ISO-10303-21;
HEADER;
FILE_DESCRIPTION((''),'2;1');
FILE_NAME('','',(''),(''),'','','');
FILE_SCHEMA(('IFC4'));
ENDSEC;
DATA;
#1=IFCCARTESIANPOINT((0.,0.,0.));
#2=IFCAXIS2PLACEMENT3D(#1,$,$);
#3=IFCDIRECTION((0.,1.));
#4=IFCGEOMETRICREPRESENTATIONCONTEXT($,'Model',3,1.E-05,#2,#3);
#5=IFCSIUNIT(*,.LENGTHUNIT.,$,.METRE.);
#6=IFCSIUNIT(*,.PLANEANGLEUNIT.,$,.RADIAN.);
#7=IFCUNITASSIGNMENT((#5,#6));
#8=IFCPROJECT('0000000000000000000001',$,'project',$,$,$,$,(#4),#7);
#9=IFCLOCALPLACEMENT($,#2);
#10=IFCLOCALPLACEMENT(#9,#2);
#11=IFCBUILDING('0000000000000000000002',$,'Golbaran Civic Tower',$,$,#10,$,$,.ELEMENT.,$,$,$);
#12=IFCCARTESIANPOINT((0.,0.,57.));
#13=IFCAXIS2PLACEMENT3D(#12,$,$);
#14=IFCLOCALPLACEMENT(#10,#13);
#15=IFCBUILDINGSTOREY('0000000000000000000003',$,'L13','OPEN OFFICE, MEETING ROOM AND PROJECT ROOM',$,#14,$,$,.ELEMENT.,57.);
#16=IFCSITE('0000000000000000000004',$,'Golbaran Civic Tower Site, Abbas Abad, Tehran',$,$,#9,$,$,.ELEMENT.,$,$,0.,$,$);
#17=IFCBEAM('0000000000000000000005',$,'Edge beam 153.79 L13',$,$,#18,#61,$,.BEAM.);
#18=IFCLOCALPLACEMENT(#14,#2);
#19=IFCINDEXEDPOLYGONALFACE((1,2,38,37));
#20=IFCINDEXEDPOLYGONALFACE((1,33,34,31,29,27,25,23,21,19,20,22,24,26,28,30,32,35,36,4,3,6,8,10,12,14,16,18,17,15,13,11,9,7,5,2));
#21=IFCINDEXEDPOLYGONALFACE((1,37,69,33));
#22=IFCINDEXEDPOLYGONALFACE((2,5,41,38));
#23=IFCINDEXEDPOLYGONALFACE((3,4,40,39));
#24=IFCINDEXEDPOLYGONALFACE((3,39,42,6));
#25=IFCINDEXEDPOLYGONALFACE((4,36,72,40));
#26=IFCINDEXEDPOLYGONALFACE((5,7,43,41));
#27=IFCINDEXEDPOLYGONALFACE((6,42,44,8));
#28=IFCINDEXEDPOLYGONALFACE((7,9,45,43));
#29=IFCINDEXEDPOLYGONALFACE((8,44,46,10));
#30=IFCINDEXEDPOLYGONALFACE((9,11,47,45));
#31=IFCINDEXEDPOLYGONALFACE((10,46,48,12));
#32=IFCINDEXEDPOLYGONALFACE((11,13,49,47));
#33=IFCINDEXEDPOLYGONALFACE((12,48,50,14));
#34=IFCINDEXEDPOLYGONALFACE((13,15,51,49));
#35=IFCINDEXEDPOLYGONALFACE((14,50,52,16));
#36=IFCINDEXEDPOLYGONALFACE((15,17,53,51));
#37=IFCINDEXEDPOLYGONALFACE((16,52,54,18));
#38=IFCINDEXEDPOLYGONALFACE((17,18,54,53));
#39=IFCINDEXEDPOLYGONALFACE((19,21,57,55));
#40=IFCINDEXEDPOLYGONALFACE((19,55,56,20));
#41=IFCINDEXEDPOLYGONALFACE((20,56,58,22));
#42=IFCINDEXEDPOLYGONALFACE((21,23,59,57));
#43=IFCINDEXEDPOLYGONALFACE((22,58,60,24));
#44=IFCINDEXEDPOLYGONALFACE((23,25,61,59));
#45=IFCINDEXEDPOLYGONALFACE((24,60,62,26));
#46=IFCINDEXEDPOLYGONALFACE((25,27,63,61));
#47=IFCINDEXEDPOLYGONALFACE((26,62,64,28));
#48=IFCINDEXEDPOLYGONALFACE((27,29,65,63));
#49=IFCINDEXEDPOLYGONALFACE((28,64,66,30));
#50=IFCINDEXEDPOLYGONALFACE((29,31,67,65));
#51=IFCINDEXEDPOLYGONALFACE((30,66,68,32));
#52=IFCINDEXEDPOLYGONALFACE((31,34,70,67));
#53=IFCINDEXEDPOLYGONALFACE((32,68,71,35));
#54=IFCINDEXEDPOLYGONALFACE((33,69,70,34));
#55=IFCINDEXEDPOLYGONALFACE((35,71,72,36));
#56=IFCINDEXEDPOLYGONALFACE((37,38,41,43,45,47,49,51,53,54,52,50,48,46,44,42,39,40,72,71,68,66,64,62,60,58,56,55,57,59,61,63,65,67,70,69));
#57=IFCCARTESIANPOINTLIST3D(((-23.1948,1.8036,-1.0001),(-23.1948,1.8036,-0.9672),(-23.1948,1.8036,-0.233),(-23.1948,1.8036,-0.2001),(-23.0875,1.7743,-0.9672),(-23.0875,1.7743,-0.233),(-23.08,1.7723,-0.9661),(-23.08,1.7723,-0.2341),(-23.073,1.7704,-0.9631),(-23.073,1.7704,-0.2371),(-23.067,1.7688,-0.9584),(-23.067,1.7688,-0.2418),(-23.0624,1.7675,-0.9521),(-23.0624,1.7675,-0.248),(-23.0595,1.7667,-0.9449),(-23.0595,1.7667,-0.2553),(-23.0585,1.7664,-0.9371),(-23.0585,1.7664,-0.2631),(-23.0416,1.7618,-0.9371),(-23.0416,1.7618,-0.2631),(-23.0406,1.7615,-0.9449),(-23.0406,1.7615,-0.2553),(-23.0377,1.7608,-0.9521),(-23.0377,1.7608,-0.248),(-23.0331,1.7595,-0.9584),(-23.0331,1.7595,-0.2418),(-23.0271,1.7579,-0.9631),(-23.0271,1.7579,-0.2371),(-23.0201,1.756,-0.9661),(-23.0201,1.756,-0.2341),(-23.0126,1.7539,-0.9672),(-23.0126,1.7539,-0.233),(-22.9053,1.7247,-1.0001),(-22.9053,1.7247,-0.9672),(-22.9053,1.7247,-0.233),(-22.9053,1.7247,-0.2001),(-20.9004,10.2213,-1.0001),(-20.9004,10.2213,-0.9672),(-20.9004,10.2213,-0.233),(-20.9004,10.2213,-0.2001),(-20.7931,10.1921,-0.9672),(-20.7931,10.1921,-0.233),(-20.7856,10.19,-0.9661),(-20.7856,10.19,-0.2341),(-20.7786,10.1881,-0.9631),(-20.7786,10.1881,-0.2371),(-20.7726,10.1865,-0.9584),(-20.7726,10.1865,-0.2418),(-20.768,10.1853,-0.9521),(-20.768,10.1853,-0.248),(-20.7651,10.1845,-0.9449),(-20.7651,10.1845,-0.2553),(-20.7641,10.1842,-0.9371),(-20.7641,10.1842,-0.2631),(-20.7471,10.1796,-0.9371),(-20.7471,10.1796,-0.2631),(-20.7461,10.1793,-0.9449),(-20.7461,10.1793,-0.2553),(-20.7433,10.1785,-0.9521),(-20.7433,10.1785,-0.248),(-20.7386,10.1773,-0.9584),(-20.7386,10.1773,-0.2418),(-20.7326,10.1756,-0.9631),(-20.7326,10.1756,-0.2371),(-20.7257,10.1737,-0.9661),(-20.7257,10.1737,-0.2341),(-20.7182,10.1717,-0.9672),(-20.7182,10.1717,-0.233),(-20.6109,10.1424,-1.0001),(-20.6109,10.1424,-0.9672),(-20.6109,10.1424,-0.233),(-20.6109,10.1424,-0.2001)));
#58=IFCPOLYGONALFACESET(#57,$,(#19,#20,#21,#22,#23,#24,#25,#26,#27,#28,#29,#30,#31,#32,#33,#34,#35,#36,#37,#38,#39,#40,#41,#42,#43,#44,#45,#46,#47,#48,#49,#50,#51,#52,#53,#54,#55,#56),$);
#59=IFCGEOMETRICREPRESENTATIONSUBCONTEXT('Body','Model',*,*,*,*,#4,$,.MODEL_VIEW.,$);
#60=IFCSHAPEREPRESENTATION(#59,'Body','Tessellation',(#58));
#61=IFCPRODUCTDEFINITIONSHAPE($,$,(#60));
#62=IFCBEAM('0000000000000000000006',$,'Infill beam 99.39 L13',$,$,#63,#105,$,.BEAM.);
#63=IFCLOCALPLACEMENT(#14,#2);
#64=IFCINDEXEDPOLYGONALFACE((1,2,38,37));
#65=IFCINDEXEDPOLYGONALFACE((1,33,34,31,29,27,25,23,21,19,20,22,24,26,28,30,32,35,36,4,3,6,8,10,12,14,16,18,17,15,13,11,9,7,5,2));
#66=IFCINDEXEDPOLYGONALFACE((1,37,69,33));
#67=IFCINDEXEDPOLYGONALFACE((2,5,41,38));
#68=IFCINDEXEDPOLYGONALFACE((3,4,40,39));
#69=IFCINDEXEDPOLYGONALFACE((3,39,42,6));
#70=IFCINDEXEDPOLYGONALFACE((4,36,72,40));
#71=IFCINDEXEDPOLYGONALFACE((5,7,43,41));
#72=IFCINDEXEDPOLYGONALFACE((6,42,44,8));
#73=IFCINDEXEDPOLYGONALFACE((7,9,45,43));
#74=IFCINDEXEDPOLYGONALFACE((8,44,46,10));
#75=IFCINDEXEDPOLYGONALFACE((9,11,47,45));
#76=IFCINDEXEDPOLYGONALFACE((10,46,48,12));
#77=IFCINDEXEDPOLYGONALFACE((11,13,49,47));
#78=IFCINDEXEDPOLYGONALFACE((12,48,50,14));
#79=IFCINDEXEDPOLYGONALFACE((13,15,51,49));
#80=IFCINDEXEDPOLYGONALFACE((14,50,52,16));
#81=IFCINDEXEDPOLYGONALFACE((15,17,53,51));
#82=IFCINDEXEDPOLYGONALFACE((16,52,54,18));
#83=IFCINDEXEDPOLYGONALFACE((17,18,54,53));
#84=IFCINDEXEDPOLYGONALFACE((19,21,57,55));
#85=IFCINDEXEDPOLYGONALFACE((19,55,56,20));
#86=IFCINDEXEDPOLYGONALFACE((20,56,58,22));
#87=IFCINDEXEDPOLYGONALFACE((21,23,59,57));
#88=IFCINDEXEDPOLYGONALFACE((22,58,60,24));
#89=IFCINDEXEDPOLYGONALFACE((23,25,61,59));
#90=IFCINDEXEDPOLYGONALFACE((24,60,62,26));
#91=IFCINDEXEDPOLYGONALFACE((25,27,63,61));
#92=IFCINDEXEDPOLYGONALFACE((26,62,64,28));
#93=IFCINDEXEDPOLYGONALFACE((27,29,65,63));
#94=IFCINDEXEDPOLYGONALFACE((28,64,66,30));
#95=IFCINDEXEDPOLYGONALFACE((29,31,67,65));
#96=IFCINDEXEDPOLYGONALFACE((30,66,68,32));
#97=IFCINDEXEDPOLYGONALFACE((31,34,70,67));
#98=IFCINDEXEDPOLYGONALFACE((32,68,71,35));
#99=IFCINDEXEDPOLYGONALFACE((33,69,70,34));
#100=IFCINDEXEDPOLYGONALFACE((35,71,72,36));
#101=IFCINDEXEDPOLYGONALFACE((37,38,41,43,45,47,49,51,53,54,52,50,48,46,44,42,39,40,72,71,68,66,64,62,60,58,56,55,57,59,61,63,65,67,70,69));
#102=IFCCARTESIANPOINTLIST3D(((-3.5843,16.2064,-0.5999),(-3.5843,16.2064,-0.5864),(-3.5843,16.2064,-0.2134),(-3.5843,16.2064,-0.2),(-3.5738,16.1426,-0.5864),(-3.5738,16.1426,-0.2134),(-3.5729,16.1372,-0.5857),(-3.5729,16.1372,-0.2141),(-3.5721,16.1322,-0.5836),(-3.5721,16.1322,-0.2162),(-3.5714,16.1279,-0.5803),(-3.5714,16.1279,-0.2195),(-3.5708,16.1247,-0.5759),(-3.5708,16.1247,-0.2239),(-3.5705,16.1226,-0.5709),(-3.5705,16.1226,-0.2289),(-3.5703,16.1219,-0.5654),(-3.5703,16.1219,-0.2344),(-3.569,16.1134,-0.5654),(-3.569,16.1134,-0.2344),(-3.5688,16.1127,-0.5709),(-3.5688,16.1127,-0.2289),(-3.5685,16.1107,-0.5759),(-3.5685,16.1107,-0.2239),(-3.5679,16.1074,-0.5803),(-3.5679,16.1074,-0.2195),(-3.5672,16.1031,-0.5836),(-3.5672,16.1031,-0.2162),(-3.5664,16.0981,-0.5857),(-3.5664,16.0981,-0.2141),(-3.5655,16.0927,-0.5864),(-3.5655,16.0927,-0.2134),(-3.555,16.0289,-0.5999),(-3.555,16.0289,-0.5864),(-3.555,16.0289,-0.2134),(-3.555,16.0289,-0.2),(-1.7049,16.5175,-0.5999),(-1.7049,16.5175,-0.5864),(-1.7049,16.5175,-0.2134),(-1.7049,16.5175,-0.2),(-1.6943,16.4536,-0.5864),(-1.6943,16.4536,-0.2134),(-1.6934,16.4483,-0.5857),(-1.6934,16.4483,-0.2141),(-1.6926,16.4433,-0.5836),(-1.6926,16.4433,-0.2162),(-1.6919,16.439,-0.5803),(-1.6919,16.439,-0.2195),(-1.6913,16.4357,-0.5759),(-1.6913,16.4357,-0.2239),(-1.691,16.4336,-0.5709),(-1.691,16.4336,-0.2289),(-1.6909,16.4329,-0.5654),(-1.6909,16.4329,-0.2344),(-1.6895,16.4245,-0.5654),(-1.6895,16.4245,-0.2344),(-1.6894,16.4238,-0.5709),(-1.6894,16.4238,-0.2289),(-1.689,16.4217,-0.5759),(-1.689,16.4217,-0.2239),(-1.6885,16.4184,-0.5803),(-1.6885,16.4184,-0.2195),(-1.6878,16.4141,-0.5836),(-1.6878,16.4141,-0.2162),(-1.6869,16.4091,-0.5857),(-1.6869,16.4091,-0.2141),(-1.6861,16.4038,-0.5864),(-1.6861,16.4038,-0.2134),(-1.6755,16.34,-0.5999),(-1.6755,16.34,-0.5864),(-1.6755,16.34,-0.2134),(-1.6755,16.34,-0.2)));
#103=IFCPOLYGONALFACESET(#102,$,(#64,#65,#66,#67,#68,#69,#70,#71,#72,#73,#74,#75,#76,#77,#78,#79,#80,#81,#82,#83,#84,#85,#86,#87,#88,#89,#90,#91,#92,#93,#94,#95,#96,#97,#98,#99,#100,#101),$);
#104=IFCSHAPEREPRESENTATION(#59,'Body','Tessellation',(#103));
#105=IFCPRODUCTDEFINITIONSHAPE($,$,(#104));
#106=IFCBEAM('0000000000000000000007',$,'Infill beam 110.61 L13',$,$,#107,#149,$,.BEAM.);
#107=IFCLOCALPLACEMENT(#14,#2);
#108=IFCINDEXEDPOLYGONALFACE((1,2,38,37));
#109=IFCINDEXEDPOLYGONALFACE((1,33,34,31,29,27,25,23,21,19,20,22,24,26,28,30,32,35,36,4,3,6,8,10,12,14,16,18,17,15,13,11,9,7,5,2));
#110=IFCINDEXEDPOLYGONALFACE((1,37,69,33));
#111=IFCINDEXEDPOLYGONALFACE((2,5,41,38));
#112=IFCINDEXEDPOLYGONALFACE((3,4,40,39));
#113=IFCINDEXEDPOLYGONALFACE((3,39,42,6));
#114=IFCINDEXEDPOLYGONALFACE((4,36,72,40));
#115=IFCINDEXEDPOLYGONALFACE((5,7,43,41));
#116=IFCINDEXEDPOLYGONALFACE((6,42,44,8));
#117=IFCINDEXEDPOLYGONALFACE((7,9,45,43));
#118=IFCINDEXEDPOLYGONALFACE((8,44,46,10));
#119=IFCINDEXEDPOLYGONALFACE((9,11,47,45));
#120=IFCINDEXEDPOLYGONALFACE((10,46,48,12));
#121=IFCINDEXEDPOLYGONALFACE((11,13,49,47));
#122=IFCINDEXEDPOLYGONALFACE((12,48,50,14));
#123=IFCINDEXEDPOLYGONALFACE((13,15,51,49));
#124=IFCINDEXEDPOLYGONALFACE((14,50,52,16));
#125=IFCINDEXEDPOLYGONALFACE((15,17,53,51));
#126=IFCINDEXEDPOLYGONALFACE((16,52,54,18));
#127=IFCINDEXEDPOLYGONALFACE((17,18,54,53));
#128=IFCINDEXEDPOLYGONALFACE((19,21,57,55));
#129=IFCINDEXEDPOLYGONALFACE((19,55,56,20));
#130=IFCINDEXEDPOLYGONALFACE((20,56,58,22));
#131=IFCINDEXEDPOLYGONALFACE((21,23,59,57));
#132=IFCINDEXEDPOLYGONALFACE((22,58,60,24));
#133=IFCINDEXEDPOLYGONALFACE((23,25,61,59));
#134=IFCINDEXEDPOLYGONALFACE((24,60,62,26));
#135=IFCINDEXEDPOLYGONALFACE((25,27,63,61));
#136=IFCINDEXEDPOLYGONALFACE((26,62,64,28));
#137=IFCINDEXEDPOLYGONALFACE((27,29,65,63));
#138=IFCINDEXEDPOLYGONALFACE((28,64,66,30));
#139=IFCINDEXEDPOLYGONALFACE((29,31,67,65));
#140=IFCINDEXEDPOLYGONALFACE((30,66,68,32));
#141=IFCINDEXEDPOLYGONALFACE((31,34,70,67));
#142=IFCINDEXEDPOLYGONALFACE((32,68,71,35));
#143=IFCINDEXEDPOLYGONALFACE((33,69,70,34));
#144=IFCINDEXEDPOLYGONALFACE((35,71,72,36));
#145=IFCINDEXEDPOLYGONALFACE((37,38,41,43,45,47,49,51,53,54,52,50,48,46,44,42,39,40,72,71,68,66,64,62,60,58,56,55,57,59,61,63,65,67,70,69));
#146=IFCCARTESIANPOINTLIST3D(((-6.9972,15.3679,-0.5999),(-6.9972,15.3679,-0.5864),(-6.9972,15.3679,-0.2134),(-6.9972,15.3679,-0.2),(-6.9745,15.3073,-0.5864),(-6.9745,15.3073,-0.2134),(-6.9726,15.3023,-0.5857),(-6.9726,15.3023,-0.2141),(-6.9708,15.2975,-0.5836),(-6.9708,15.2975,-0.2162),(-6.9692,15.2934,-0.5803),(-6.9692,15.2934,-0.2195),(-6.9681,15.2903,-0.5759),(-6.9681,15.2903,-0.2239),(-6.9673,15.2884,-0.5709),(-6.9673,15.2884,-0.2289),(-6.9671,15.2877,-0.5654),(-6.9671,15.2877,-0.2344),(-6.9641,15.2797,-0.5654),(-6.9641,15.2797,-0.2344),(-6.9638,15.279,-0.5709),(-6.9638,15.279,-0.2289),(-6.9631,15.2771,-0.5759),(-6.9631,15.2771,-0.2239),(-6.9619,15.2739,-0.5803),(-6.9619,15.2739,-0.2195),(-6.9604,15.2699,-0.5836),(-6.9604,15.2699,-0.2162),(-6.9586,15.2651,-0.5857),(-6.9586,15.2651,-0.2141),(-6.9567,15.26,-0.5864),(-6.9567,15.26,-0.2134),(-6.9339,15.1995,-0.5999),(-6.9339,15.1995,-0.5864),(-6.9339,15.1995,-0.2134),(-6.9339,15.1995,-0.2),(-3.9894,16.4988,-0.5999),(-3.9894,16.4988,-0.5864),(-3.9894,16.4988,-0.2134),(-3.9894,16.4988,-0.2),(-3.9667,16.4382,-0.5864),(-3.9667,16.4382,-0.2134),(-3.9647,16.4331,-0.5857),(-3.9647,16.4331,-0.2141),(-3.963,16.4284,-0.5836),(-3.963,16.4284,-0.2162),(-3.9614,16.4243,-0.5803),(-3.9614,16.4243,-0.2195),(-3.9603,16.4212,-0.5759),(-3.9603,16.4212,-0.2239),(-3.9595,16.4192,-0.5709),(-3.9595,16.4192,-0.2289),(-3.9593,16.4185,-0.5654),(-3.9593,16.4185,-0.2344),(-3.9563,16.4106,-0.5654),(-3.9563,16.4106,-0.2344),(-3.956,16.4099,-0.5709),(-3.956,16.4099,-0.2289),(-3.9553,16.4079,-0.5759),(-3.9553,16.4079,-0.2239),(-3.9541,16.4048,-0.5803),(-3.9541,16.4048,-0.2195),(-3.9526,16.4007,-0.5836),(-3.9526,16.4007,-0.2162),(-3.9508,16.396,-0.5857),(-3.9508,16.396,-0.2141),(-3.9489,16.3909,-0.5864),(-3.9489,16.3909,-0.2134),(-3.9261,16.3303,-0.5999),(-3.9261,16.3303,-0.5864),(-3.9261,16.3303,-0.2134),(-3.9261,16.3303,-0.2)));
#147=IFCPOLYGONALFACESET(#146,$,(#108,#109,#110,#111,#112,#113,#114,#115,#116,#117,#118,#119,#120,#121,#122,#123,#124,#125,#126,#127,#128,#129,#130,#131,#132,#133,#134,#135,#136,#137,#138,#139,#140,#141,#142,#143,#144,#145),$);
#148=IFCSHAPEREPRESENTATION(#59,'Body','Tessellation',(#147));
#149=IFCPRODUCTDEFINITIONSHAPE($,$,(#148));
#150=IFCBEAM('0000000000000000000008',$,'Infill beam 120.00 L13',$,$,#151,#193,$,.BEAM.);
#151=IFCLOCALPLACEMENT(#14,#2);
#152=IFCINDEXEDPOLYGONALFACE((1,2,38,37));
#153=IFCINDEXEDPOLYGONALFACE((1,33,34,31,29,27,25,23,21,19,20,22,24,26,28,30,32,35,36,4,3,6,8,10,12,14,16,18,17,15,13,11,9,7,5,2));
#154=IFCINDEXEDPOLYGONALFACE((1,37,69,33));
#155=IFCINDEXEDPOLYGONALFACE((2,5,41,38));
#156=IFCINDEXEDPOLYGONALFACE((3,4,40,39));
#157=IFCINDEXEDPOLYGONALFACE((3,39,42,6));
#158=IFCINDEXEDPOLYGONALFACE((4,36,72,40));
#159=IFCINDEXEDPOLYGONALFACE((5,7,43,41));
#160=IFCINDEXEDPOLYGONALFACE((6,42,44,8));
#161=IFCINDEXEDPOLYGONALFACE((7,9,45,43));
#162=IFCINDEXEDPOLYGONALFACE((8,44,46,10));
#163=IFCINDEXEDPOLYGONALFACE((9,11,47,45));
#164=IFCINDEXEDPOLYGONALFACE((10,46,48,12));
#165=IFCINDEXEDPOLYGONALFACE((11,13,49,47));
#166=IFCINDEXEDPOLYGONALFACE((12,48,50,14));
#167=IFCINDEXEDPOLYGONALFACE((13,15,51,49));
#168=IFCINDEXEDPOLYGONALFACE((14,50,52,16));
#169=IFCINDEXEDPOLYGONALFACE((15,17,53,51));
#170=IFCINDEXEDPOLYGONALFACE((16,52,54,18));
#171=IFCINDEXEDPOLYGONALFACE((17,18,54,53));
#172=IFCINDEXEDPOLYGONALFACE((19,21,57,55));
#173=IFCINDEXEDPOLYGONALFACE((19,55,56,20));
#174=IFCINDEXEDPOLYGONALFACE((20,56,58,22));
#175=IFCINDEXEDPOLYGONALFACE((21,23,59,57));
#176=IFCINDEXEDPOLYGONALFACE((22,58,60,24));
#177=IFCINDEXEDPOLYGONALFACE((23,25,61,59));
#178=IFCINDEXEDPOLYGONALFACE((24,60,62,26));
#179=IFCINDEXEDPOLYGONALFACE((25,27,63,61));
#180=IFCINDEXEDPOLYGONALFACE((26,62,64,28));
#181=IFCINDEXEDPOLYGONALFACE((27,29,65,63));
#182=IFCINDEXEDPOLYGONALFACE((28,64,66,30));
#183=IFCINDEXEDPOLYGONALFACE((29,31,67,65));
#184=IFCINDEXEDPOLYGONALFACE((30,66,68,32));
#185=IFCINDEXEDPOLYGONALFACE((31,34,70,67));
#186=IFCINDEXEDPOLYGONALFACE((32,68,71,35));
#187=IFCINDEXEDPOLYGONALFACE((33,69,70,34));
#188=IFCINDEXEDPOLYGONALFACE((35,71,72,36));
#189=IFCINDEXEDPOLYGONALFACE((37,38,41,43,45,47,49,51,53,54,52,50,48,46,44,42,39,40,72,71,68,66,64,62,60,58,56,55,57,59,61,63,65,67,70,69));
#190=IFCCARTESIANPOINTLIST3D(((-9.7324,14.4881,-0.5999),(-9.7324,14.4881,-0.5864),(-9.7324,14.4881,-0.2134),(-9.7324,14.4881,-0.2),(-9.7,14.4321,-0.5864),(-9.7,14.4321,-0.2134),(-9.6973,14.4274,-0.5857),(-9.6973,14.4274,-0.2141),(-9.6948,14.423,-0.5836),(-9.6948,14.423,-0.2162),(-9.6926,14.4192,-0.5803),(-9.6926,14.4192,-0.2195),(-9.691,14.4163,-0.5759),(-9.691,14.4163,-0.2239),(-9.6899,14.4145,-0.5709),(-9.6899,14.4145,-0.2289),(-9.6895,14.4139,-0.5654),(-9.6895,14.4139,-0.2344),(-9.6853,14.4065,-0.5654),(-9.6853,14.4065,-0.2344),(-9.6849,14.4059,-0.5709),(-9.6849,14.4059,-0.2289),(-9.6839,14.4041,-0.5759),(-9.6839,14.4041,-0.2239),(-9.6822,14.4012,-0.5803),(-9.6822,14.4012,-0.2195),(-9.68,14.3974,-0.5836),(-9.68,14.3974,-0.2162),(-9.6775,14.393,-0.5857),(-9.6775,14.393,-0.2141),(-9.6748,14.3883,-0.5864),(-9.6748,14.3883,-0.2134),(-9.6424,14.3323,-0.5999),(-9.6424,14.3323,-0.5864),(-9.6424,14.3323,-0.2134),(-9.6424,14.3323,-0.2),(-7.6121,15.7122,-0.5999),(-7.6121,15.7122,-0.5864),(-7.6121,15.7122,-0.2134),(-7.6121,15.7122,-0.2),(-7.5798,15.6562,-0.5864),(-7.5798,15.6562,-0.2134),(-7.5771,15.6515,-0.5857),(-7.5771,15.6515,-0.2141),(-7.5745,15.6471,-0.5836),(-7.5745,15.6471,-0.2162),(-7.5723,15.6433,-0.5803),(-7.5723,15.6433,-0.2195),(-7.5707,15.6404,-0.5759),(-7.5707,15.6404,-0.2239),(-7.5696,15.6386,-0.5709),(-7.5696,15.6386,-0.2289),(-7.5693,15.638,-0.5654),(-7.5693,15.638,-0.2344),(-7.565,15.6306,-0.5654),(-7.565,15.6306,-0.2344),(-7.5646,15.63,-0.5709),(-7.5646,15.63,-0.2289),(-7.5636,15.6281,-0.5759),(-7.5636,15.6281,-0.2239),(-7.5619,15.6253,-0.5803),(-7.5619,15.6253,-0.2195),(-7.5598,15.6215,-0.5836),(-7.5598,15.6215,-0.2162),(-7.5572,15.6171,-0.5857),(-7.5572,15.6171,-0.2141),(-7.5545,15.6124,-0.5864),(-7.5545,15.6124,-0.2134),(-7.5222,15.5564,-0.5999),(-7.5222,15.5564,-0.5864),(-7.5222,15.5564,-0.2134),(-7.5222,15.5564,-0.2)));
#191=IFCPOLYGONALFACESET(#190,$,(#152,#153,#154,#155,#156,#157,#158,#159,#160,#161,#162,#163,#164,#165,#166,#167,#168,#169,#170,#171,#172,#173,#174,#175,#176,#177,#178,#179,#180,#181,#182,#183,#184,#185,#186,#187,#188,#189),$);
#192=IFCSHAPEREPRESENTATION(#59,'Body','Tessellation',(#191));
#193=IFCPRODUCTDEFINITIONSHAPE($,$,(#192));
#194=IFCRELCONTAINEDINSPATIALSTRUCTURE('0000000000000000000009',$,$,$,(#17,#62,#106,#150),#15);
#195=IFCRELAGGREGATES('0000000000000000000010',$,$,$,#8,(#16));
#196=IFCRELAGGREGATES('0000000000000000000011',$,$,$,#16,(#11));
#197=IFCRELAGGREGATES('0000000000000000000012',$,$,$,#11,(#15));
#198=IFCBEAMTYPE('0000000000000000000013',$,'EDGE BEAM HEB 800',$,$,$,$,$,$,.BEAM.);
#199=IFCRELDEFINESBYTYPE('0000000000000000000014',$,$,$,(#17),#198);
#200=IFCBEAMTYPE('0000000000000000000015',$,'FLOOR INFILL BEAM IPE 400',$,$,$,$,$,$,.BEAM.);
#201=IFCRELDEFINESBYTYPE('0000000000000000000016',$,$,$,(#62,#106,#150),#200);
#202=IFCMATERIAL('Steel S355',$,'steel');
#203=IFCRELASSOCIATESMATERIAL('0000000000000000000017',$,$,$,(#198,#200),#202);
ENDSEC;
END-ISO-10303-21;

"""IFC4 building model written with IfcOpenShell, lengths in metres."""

from ifc_helpers import new_model, si_unit, direction, frame, origin, origin_2d, place, context, subcontext, project, spatial, i_section, extrude, material, material_profile, profile_set, type_object, element, save


model = new_model("IFC4")

# Units and contexts
model_context = context("Model", 3, precision=1e-05, world=origin(), true_north=direction((0.0, 1.0)))
body_context = subcontext(model_context, "Body", "Model", "MODEL_VIEW")
ifc_project = project(units=[si_unit("LENGTHUNIT", "METRE"), si_unit("PLANEANGLEUNIT", "RADIAN")], contexts=[model_context])

# Site, building, storey
site_placement = place(None, origin())
site = spatial("IfcSite", under=ifc_project, at=site_placement, Name="Golbaran Civic Tower Site, Abbas Abad, Tehran", CompositionType="ELEMENT", RefElevation=0.0)
building_placement = place(site_placement, origin())
building = spatial("IfcBuilding", under=site, at=building_placement, Name="Golbaran Civic Tower", CompositionType="ELEMENT")
storey_placement = place(building_placement, frame((0.0, 0.0, 57.0)))
storey = spatial("IfcBuildingStorey", under=building, at=storey_placement, Name="L13", Description="OPEN OFFICE, MEETING ROOM AND PROJECT ROOM", CompositionType="ELEMENT", Elevation=57.0)

# Beams
ifc_material_1 = material(Name="Steel S355", Category="steel")
ifc_material_profile_1 = material_profile(ifc_material_1, i_section(OverallWidth=0.3, OverallDepth=0.8, WebThickness=0.0176, FlangeThickness=0.033, FilletRadius=0.03, at=origin_2d()), Name="HEB 800")
ifc_profile_set_1 = profile_set([ifc_material_profile_1], Name="Steel S355")
beam_type_1 = type_object("IfcBeamType", Name="EDGE BEAM HEB 800", PredefinedType="BEAM", material=ifc_profile_set_1)
beam_1_placement = place(storey_placement, frame((-20.7556, 10.1819, -0.6001), z_axis=(-0.262978, -0.964802, 0.0), x_axis=(0.964802, -0.262978, 0.0)))
element("IfcBeam", 1, at=beam_1_placement, inside=storey, type_object=beam_type_1, Name="Edge beam 153.79 L13", PredefinedType="BEAM", context=body_context, shape_type="SweptSolid", body=[
    extrude(i_section(OverallWidth=0.3, OverallDepth=0.8, WebThickness=0.0176, FlangeThickness=0.033, FilletRadius=0.03, at=origin_2d()), origin(), (0.0, 0.0, 1.0), 8.7249),
])
ifc_material_profile_2 = material_profile(ifc_material_1, i_section(OverallWidth=0.1799, OverallDepth=0.3999, WebThickness=0.0085, FlangeThickness=0.0134, FilletRadius=0.021, at=origin_2d()), Name="IPE 400")
ifc_profile_set_2 = profile_set([ifc_material_profile_2], Name="Steel S355")
beam_type_2 = type_object("IfcBeamType", Name="FLOOR INFILL BEAM IPE 400", PredefinedType="BEAM", material=ifc_profile_set_2)
beam_2_placement = place(storey_placement, frame((-1.6902, 16.4287, -0.3999), z_axis=(-0.98658, -0.163277, 0.0), x_axis=(0.163277, -0.98658, 0.0)))
element("IfcBeam", 2, at=beam_2_placement, inside=storey, type_object=beam_type_2, Name="Infill beam 99.39 L13", PredefinedType="BEAM", context=body_context, shape_type="SweptSolid", body=[
    extrude(i_section(OverallWidth=0.1799, OverallDepth=0.3999, WebThickness=0.0085, FlangeThickness=0.0134, FilletRadius=0.021, at=origin_2d()), origin(), (0.0, 0.0, 1.0), 1.905),
])
beam_3_placement = place(storey_placement, frame((-3.9578, 16.4146, -0.3999), z_axis=(-0.936029, -0.351923, 0.0), x_axis=(0.351923, -0.936029, 0.0)))
element("IfcBeam", 3, at=beam_3_placement, inside=storey, type_object=beam_type_2, Name="Infill beam 110.61 L13", PredefinedType="BEAM", context=body_context, shape_type="SweptSolid", body=[
    extrude(i_section(OverallWidth=0.1799, OverallDepth=0.3999, WebThickness=0.0085, FlangeThickness=0.0134, FilletRadius=0.021, at=origin_2d()), origin(), (0.0, 0.0, 1.0), 3.2134),
])
beam_4_placement = place(storey_placement, frame((-7.5671, 15.6343, -0.3999), z_axis=(-0.866038, -0.499979, 0.0), x_axis=(0.499979, -0.866038, 0.0)))
element("IfcBeam", 4, at=beam_4_placement, inside=storey, type_object=beam_type_2, Name="Infill beam 120.00 L13", PredefinedType="BEAM", context=body_context, shape_type="SweptSolid", body=[
    extrude(i_section(OverallWidth=0.1799, OverallDepth=0.3999, WebThickness=0.0085, FlangeThickness=0.0134, FilletRadius=0.021, at=origin_2d()), origin(), (0.0, 0.0, 1.0), 2.4482),
])

save(model, "model.ifc")
